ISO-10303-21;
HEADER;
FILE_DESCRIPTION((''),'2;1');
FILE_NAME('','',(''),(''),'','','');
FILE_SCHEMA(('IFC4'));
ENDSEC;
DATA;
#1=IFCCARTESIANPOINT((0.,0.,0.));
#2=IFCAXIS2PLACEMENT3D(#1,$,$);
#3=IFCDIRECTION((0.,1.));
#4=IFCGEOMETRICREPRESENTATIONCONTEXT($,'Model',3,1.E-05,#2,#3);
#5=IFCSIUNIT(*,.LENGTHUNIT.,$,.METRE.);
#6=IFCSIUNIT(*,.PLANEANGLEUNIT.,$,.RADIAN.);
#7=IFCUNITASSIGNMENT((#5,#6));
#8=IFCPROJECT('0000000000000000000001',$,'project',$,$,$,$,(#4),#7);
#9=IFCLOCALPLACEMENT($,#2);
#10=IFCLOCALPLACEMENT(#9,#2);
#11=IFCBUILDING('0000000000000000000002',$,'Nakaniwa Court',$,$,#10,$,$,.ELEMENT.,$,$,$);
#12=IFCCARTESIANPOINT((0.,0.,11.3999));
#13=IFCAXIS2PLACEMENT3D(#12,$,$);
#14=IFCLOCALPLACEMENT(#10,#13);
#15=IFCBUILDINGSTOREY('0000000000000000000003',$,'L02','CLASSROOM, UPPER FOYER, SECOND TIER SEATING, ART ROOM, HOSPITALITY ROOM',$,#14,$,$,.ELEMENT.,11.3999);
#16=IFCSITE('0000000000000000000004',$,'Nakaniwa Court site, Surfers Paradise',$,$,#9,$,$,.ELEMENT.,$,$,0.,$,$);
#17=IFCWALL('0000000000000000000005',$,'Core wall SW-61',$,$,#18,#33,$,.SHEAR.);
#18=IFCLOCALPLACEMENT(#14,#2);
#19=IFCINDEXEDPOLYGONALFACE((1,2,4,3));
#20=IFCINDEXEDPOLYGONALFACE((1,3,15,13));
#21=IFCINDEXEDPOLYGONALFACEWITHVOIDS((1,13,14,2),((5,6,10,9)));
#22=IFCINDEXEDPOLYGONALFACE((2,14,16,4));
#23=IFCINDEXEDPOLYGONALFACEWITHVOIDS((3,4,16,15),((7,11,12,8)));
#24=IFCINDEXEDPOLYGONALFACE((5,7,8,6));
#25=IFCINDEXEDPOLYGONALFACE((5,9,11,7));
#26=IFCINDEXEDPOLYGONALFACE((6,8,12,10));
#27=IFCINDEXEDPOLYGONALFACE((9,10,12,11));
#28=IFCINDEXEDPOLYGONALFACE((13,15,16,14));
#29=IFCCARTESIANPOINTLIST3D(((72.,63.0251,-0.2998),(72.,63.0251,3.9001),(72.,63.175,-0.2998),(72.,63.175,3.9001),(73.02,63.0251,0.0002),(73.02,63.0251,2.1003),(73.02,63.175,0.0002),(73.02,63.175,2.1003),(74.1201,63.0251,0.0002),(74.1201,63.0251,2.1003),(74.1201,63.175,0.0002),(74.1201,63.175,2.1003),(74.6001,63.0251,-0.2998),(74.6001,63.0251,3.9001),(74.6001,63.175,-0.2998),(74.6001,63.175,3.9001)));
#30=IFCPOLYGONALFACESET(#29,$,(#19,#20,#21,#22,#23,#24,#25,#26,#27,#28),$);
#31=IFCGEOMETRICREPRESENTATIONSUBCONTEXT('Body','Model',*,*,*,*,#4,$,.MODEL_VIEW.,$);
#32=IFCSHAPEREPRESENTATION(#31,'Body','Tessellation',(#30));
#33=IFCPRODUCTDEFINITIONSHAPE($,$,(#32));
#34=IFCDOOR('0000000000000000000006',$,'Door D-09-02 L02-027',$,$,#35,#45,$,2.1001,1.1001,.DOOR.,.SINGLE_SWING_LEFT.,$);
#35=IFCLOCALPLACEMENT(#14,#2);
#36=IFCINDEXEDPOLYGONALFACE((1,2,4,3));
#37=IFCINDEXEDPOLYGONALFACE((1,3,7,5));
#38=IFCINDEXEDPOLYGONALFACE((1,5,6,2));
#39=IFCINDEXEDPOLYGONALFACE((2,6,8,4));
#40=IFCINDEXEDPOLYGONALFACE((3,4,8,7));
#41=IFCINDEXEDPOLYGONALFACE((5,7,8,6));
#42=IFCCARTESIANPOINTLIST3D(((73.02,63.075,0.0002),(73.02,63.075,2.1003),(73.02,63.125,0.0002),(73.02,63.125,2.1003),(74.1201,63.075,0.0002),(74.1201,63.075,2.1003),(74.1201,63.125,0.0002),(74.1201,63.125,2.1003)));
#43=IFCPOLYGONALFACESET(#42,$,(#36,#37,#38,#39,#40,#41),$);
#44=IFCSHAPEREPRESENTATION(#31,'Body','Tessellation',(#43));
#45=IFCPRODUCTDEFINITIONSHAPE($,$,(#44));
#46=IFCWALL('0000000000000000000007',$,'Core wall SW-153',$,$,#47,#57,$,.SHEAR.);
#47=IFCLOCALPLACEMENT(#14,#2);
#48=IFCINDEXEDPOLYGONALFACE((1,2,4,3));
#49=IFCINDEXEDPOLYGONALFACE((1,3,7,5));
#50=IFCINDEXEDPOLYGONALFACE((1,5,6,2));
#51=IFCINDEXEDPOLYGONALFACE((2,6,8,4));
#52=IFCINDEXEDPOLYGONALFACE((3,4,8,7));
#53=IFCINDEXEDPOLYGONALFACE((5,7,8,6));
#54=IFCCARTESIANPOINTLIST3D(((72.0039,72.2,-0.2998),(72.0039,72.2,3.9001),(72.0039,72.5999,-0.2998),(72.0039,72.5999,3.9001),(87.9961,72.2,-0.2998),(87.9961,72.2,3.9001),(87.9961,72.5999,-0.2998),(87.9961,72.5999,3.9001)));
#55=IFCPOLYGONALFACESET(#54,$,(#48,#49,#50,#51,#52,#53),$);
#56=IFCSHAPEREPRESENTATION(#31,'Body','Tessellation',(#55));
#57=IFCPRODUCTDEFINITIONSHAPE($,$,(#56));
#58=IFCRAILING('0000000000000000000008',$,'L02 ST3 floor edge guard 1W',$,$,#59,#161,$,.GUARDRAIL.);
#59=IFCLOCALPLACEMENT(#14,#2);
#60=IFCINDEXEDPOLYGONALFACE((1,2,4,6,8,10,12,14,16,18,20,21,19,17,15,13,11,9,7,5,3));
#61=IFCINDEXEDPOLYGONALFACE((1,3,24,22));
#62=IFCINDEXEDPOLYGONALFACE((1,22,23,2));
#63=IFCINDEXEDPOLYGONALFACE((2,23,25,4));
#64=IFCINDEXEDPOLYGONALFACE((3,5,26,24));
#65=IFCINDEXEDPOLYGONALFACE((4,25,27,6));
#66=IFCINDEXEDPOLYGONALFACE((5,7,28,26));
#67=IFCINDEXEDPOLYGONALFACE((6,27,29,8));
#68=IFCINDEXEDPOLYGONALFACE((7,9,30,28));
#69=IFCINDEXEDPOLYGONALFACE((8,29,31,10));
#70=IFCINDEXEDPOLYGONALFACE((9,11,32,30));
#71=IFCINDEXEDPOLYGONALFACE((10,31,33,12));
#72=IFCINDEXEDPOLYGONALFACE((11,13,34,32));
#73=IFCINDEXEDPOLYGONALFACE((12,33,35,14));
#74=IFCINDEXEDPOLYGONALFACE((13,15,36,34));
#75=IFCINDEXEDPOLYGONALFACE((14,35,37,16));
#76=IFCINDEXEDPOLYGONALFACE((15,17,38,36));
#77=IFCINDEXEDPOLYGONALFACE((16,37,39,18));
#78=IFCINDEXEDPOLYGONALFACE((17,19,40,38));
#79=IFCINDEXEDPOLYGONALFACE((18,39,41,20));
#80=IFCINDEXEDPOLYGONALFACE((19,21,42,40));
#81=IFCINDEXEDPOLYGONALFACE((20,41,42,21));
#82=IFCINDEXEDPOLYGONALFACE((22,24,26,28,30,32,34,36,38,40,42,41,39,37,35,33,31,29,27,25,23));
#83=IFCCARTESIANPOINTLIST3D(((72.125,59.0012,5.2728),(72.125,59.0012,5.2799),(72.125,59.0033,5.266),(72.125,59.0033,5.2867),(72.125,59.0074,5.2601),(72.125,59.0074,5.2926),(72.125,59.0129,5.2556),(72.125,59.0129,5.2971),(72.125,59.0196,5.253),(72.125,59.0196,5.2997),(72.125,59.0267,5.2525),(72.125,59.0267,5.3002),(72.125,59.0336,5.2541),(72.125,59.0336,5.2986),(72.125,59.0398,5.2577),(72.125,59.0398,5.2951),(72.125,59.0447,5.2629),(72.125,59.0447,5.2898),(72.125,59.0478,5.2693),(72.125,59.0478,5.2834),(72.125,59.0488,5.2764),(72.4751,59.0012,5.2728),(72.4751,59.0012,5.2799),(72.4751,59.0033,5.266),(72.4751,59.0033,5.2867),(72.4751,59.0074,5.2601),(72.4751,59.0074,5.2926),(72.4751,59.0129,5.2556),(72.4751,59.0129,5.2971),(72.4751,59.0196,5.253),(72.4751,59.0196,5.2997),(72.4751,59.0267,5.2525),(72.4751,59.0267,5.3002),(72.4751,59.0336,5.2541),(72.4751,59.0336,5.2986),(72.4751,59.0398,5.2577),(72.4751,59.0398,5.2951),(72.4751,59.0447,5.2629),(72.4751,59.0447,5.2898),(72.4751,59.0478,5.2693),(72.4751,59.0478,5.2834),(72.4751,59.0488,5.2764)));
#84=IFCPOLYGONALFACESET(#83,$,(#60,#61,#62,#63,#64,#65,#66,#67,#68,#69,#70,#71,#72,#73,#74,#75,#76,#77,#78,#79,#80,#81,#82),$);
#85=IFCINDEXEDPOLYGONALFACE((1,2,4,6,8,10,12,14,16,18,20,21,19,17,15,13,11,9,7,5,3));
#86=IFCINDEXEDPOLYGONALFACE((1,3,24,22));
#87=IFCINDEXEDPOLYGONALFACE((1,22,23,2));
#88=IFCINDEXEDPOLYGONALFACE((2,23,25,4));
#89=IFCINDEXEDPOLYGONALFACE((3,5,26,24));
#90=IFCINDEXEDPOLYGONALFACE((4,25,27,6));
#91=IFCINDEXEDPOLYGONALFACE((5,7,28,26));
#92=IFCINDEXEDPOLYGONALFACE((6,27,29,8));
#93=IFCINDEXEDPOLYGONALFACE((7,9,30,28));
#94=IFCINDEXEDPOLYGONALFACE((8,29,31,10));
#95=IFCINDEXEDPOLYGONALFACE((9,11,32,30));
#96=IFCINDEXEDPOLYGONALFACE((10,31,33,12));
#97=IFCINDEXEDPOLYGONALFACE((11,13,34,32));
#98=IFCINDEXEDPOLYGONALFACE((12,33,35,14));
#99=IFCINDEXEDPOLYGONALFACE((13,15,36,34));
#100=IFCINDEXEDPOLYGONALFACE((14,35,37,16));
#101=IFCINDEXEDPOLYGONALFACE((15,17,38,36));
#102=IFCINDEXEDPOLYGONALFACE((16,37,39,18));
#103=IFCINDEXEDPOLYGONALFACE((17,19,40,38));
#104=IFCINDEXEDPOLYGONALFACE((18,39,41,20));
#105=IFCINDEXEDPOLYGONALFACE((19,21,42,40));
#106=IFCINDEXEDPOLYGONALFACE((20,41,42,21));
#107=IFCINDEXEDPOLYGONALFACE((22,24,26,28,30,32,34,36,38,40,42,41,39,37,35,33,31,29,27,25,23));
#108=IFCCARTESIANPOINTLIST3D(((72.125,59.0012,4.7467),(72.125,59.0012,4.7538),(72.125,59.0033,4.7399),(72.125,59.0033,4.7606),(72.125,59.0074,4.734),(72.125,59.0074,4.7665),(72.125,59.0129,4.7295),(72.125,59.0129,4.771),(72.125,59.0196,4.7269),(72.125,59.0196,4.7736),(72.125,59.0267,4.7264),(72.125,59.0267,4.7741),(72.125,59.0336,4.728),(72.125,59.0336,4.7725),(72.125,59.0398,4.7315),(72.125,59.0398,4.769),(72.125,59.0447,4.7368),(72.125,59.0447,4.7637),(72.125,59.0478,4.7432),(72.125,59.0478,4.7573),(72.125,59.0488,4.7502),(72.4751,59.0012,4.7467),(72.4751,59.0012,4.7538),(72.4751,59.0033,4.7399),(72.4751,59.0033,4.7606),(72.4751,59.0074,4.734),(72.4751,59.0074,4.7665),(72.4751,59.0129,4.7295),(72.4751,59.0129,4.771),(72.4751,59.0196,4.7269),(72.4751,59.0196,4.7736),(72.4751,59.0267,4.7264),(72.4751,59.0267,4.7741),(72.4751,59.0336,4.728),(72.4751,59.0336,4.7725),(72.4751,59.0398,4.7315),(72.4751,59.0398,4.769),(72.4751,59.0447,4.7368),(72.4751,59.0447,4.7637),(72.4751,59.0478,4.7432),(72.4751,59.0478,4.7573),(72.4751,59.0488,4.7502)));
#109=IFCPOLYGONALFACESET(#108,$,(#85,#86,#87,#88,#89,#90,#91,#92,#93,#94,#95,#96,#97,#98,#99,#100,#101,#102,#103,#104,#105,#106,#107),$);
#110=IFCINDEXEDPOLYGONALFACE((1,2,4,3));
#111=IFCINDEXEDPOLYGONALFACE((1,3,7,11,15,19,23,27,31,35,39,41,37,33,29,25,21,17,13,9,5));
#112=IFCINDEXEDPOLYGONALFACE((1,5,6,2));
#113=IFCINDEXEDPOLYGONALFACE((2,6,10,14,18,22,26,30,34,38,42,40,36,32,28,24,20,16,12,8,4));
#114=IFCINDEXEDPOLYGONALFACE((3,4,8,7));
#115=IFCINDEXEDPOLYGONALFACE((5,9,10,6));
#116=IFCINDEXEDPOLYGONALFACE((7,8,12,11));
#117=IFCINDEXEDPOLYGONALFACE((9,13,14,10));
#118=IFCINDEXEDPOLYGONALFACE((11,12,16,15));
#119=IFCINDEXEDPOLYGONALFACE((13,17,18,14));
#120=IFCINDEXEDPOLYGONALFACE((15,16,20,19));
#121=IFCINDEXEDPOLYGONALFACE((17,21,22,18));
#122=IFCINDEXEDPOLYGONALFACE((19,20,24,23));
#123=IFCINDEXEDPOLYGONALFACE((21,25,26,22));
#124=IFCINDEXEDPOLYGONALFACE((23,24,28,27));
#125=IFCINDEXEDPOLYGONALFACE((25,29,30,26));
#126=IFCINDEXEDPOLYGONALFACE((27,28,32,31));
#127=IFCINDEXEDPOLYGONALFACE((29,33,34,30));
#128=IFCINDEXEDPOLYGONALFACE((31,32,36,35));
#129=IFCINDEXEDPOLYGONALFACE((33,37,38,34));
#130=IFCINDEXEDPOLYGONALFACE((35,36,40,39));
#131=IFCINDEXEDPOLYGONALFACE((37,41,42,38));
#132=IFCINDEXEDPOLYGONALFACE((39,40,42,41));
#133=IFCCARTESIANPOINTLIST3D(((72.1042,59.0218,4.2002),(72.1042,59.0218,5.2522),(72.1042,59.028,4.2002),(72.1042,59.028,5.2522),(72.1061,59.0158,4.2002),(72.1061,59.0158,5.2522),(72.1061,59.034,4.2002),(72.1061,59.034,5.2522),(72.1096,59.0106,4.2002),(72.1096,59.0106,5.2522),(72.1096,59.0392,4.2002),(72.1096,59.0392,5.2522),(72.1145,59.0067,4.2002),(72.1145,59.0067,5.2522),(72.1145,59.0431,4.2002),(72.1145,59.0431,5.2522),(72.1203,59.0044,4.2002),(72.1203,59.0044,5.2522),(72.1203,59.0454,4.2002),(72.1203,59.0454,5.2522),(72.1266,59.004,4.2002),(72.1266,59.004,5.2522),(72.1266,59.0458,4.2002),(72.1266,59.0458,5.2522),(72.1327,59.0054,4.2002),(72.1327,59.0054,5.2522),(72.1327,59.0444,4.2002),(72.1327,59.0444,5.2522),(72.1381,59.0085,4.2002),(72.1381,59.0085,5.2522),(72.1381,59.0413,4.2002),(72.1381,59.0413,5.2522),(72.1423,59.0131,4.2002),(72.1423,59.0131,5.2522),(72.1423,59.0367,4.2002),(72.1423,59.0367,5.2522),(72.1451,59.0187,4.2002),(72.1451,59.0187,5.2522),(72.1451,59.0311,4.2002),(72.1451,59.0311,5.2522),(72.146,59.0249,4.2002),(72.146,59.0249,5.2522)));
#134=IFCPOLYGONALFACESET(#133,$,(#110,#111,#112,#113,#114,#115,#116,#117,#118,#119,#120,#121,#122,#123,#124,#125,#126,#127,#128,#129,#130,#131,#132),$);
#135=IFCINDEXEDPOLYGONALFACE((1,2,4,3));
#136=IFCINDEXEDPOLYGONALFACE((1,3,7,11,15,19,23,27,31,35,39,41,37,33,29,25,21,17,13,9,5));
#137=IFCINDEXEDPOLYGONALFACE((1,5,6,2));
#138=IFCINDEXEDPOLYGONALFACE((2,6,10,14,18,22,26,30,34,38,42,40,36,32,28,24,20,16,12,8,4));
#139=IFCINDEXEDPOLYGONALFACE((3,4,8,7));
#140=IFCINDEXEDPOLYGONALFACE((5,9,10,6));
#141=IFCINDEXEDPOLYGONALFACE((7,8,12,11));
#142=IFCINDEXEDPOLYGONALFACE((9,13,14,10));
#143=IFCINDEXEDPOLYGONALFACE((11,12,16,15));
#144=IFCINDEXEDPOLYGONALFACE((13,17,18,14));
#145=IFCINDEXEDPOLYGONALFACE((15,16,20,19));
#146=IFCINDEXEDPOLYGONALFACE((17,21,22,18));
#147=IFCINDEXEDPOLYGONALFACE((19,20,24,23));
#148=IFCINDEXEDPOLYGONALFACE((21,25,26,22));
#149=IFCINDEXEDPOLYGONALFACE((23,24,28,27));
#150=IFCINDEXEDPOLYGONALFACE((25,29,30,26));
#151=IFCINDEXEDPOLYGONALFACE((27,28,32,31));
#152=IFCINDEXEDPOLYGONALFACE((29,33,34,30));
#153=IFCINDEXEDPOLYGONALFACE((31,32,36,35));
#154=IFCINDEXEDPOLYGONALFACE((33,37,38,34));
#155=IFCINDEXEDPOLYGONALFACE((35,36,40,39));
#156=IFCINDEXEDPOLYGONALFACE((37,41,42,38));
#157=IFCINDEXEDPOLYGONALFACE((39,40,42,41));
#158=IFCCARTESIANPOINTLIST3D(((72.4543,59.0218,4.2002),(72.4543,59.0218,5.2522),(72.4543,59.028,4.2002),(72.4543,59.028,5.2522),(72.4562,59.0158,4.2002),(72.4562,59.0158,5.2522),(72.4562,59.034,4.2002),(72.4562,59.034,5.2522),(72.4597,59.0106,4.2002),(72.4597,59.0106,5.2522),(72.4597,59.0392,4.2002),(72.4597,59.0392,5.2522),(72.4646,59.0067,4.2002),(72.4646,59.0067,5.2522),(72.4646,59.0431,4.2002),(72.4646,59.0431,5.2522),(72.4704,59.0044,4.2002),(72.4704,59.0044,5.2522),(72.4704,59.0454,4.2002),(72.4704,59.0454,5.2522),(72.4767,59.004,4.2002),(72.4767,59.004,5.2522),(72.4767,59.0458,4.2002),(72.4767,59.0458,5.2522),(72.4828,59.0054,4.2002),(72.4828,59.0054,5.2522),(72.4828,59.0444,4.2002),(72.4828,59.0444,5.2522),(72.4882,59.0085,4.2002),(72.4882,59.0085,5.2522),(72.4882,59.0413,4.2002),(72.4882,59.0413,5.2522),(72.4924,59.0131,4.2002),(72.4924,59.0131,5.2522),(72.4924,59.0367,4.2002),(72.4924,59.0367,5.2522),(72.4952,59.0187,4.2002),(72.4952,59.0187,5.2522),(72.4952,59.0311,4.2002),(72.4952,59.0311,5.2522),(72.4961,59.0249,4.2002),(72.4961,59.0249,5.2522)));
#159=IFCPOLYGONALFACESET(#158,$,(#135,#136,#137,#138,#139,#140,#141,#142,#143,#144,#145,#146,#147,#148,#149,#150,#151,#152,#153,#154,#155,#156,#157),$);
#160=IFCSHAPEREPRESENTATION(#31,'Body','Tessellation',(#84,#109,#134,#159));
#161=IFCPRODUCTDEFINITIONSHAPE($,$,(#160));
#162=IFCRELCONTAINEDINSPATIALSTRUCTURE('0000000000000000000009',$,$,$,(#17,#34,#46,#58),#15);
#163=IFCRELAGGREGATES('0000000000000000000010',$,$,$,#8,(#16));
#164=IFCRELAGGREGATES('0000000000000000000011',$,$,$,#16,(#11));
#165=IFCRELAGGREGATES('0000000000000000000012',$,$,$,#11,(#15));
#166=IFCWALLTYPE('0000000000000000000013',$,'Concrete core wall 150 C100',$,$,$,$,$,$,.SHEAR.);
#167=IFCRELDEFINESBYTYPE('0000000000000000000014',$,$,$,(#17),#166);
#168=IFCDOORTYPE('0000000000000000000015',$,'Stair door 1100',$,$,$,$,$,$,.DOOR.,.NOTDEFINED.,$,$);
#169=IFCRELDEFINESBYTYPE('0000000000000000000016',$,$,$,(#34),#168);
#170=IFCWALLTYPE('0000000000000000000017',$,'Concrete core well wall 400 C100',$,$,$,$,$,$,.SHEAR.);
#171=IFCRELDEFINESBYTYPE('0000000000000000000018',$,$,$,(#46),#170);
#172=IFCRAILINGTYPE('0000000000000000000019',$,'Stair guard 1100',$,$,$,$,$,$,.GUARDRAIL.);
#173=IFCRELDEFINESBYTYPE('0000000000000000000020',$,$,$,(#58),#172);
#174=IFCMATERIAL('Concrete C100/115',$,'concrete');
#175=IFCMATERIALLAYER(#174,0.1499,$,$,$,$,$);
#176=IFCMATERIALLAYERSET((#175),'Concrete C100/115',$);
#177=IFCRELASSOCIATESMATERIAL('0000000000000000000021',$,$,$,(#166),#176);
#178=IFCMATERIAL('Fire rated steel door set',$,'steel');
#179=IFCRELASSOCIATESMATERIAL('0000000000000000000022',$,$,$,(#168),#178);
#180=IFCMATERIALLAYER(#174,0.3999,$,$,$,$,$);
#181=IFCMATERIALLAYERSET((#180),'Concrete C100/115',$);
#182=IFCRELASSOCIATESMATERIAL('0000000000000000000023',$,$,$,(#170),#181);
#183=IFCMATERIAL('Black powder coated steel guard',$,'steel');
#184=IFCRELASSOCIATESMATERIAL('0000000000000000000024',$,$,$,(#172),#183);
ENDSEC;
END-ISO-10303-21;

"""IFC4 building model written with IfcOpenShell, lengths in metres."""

from ifc_helpers import new_model, si_unit, direction, frame, frame_2d, origin, origin_2d, place, context, subcontext, project, spatial, rectangle, circle, extrude, material, layer, layer_set, type_object, element, fill, save


model = new_model("IFC4")

# Units and contexts
model_context = context("Model", 3, precision=1e-05, world=origin(), true_north=direction((0.0, 1.0)))
body_context = subcontext(model_context, "Body", "Model", "MODEL_VIEW")
ifc_project = project(units=[si_unit("LENGTHUNIT", "METRE"), si_unit("PLANEANGLEUNIT", "RADIAN")], contexts=[model_context])

# Site, building, storey
site_placement = place(None, origin())
site = spatial("IfcSite", under=ifc_project, at=site_placement, Name="Nakaniwa Court site, Surfers Paradise", CompositionType="ELEMENT", RefElevation=0.0)
building_placement = place(site_placement, origin())
building = spatial("IfcBuilding", under=site, at=building_placement, Name="Nakaniwa Court", CompositionType="ELEMENT")
storey_placement = place(building_placement, frame((0.0, 0.0, 11.3999)))
storey = spatial("IfcBuildingStorey", under=building, at=storey_placement, Name="L02", Description="CLASSROOM, UPPER FOYER, SECOND TIER SEATING, ART ROOM, HOSPITALITY ROOM", CompositionType="ELEMENT", Elevation=11.3999)

# Shared definitions
ifc_material_1 = material(Name="Concrete C100/115", Category="concrete")

# Shared definitions
ifc_material_2 = material(Name="Fire rated steel door set", Category="steel")

# Wall, opening, door
ifc_layer_1 = layer(ifc_material_1, 0.1499)
ifc_layer_set_1 = layer_set([ifc_layer_1], Name="Concrete C100/115")
wall_type_1 = type_object("IfcWallType", Name="Concrete core wall 150 C100", PredefinedType="SHEAR", material=ifc_layer_set_1)
wall_1_placement = place(storey_placement, frame((72.0, 63.1001, -0.2998), z_axis=(0.0, 0.0, 1.0), x_axis=(1.0, 0.0, 0.0)))
wall_1 = element("IfcWall", 1, at=wall_1_placement, inside=storey, type_object=wall_type_1, Name="Core wall SW-61", PredefinedType="SHEAR", context=body_context, shape_type="SweptSolid", body=[
    extrude(rectangle(XDim=2.6001, YDim=0.1499, at=frame_2d((1.3, 0.0))), origin(), (0.0, 0.0, 1.0), 4.2),
])
opening_1_placement = place(wall_1_placement, frame((1.02, 0.0, 0.3)))
opening_1 = element("IfcOpeningElement", 2, at=opening_1_placement, cuts=wall_1, PredefinedType="OPENING", context=body_context, shape_type="SweptSolid", body=[
    extrude(rectangle(XDim=1.1001, YDim=2.1001, at=frame_2d((0.55, 1.05))), frame((0.0, 0.085, 0.0), z_axis=(0.0, -1.0, 0.0), x_axis=(1.0, 0.0, 0.0)), (0.0, 0.0, 1.0), 0.1699),
])
door_type_1 = type_object("IfcDoorType", Name="Stair door 1100", OperationType="NOTDEFINED", PredefinedType="DOOR", material=ifc_material_2)
door_1_placement = place(opening_1_placement, origin())
door_1 = element("IfcDoor", 3, at=door_1_placement, inside=storey, type_object=door_type_1, Name="Door D-09-02 L02-027", OperationType="SINGLE_SWING_LEFT", OverallHeight=2.1001, OverallWidth=1.1001, PredefinedType="DOOR", context=body_context, shape_type="SweptSolid", body=[
    extrude(rectangle(XDim=1.1001, YDim=2.1001, at=frame_2d((0.55, 1.05))), frame((0.0, 0.0249, 0.0), z_axis=(0.0, -1.0, 0.0), x_axis=(1.0, 0.0, 0.0)), (0.0, 0.0, 1.0), 0.05),
])
fill(opening_1, door_1)

# Wall
ifc_layer_2 = layer(ifc_material_1, 0.3999)
ifc_layer_set_2 = layer_set([ifc_layer_2], Name="Concrete C100/115")
wall_type_2 = type_object("IfcWallType", Name="Concrete core well wall 400 C100", PredefinedType="SHEAR", material=ifc_layer_set_2)
wall_2_placement = place(storey_placement, frame((72.0039, 72.3999, -0.2998), z_axis=(0.0, 0.0, 1.0), x_axis=(1.0, 0.0, 0.0)))
element("IfcWall", 4, at=wall_2_placement, inside=storey, type_object=wall_type_2, Name="Core wall SW-153", PredefinedType="SHEAR", context=body_context, shape_type="SweptSolid", body=[
    extrude(rectangle(XDim=15.9922, YDim=0.3999, at=frame_2d((7.9961, 0.0))), origin(), (0.0, 0.0, 1.0), 4.2),
])

# Railing
ifc_material_3 = material(Name="Black powder coated steel guard", Category="steel")
railing_type_1 = type_object("IfcRailingType", Name="Stair guard 1100", PredefinedType="GUARDRAIL", material=ifc_material_3)
railing_1_placement = place(storey_placement, frame((72.125, 59.0249, 4.2002)))
element("IfcRailing", 5, at=railing_1_placement, inside=storey, type_object=railing_type_1, Name="L02 ST3 floor edge guard 1W", PredefinedType="GUARDRAIL", context=body_context, shape_type="SweptSolid", body=[
    extrude(circle(Radius=0.0239, at=origin_2d()), frame((0.0, 0.0, 1.0762), z_axis=(1.0, 0.0, 0.0), x_axis=(0.0, 1.0, 0.0)), (0.0, 0.0, 1.0), 0.3501),
    extrude(circle(Radius=0.0239, at=origin_2d()), frame((0.0, 0.0, 0.55), z_axis=(1.0, 0.0, 0.0), x_axis=(0.0, 1.0, 0.0)), (0.0, 0.0, 1.0), 0.3501),
    extrude(circle(Radius=0.021, at=origin_2d()), origin(), (0.0, 0.0, 1.0), 1.052),
    extrude(circle(Radius=0.021, at=origin_2d()), frame((0.3501, 0.0, 0.0)), (0.0, 0.0, 1.0), 1.052),
])

save(model, "model.ifc")
